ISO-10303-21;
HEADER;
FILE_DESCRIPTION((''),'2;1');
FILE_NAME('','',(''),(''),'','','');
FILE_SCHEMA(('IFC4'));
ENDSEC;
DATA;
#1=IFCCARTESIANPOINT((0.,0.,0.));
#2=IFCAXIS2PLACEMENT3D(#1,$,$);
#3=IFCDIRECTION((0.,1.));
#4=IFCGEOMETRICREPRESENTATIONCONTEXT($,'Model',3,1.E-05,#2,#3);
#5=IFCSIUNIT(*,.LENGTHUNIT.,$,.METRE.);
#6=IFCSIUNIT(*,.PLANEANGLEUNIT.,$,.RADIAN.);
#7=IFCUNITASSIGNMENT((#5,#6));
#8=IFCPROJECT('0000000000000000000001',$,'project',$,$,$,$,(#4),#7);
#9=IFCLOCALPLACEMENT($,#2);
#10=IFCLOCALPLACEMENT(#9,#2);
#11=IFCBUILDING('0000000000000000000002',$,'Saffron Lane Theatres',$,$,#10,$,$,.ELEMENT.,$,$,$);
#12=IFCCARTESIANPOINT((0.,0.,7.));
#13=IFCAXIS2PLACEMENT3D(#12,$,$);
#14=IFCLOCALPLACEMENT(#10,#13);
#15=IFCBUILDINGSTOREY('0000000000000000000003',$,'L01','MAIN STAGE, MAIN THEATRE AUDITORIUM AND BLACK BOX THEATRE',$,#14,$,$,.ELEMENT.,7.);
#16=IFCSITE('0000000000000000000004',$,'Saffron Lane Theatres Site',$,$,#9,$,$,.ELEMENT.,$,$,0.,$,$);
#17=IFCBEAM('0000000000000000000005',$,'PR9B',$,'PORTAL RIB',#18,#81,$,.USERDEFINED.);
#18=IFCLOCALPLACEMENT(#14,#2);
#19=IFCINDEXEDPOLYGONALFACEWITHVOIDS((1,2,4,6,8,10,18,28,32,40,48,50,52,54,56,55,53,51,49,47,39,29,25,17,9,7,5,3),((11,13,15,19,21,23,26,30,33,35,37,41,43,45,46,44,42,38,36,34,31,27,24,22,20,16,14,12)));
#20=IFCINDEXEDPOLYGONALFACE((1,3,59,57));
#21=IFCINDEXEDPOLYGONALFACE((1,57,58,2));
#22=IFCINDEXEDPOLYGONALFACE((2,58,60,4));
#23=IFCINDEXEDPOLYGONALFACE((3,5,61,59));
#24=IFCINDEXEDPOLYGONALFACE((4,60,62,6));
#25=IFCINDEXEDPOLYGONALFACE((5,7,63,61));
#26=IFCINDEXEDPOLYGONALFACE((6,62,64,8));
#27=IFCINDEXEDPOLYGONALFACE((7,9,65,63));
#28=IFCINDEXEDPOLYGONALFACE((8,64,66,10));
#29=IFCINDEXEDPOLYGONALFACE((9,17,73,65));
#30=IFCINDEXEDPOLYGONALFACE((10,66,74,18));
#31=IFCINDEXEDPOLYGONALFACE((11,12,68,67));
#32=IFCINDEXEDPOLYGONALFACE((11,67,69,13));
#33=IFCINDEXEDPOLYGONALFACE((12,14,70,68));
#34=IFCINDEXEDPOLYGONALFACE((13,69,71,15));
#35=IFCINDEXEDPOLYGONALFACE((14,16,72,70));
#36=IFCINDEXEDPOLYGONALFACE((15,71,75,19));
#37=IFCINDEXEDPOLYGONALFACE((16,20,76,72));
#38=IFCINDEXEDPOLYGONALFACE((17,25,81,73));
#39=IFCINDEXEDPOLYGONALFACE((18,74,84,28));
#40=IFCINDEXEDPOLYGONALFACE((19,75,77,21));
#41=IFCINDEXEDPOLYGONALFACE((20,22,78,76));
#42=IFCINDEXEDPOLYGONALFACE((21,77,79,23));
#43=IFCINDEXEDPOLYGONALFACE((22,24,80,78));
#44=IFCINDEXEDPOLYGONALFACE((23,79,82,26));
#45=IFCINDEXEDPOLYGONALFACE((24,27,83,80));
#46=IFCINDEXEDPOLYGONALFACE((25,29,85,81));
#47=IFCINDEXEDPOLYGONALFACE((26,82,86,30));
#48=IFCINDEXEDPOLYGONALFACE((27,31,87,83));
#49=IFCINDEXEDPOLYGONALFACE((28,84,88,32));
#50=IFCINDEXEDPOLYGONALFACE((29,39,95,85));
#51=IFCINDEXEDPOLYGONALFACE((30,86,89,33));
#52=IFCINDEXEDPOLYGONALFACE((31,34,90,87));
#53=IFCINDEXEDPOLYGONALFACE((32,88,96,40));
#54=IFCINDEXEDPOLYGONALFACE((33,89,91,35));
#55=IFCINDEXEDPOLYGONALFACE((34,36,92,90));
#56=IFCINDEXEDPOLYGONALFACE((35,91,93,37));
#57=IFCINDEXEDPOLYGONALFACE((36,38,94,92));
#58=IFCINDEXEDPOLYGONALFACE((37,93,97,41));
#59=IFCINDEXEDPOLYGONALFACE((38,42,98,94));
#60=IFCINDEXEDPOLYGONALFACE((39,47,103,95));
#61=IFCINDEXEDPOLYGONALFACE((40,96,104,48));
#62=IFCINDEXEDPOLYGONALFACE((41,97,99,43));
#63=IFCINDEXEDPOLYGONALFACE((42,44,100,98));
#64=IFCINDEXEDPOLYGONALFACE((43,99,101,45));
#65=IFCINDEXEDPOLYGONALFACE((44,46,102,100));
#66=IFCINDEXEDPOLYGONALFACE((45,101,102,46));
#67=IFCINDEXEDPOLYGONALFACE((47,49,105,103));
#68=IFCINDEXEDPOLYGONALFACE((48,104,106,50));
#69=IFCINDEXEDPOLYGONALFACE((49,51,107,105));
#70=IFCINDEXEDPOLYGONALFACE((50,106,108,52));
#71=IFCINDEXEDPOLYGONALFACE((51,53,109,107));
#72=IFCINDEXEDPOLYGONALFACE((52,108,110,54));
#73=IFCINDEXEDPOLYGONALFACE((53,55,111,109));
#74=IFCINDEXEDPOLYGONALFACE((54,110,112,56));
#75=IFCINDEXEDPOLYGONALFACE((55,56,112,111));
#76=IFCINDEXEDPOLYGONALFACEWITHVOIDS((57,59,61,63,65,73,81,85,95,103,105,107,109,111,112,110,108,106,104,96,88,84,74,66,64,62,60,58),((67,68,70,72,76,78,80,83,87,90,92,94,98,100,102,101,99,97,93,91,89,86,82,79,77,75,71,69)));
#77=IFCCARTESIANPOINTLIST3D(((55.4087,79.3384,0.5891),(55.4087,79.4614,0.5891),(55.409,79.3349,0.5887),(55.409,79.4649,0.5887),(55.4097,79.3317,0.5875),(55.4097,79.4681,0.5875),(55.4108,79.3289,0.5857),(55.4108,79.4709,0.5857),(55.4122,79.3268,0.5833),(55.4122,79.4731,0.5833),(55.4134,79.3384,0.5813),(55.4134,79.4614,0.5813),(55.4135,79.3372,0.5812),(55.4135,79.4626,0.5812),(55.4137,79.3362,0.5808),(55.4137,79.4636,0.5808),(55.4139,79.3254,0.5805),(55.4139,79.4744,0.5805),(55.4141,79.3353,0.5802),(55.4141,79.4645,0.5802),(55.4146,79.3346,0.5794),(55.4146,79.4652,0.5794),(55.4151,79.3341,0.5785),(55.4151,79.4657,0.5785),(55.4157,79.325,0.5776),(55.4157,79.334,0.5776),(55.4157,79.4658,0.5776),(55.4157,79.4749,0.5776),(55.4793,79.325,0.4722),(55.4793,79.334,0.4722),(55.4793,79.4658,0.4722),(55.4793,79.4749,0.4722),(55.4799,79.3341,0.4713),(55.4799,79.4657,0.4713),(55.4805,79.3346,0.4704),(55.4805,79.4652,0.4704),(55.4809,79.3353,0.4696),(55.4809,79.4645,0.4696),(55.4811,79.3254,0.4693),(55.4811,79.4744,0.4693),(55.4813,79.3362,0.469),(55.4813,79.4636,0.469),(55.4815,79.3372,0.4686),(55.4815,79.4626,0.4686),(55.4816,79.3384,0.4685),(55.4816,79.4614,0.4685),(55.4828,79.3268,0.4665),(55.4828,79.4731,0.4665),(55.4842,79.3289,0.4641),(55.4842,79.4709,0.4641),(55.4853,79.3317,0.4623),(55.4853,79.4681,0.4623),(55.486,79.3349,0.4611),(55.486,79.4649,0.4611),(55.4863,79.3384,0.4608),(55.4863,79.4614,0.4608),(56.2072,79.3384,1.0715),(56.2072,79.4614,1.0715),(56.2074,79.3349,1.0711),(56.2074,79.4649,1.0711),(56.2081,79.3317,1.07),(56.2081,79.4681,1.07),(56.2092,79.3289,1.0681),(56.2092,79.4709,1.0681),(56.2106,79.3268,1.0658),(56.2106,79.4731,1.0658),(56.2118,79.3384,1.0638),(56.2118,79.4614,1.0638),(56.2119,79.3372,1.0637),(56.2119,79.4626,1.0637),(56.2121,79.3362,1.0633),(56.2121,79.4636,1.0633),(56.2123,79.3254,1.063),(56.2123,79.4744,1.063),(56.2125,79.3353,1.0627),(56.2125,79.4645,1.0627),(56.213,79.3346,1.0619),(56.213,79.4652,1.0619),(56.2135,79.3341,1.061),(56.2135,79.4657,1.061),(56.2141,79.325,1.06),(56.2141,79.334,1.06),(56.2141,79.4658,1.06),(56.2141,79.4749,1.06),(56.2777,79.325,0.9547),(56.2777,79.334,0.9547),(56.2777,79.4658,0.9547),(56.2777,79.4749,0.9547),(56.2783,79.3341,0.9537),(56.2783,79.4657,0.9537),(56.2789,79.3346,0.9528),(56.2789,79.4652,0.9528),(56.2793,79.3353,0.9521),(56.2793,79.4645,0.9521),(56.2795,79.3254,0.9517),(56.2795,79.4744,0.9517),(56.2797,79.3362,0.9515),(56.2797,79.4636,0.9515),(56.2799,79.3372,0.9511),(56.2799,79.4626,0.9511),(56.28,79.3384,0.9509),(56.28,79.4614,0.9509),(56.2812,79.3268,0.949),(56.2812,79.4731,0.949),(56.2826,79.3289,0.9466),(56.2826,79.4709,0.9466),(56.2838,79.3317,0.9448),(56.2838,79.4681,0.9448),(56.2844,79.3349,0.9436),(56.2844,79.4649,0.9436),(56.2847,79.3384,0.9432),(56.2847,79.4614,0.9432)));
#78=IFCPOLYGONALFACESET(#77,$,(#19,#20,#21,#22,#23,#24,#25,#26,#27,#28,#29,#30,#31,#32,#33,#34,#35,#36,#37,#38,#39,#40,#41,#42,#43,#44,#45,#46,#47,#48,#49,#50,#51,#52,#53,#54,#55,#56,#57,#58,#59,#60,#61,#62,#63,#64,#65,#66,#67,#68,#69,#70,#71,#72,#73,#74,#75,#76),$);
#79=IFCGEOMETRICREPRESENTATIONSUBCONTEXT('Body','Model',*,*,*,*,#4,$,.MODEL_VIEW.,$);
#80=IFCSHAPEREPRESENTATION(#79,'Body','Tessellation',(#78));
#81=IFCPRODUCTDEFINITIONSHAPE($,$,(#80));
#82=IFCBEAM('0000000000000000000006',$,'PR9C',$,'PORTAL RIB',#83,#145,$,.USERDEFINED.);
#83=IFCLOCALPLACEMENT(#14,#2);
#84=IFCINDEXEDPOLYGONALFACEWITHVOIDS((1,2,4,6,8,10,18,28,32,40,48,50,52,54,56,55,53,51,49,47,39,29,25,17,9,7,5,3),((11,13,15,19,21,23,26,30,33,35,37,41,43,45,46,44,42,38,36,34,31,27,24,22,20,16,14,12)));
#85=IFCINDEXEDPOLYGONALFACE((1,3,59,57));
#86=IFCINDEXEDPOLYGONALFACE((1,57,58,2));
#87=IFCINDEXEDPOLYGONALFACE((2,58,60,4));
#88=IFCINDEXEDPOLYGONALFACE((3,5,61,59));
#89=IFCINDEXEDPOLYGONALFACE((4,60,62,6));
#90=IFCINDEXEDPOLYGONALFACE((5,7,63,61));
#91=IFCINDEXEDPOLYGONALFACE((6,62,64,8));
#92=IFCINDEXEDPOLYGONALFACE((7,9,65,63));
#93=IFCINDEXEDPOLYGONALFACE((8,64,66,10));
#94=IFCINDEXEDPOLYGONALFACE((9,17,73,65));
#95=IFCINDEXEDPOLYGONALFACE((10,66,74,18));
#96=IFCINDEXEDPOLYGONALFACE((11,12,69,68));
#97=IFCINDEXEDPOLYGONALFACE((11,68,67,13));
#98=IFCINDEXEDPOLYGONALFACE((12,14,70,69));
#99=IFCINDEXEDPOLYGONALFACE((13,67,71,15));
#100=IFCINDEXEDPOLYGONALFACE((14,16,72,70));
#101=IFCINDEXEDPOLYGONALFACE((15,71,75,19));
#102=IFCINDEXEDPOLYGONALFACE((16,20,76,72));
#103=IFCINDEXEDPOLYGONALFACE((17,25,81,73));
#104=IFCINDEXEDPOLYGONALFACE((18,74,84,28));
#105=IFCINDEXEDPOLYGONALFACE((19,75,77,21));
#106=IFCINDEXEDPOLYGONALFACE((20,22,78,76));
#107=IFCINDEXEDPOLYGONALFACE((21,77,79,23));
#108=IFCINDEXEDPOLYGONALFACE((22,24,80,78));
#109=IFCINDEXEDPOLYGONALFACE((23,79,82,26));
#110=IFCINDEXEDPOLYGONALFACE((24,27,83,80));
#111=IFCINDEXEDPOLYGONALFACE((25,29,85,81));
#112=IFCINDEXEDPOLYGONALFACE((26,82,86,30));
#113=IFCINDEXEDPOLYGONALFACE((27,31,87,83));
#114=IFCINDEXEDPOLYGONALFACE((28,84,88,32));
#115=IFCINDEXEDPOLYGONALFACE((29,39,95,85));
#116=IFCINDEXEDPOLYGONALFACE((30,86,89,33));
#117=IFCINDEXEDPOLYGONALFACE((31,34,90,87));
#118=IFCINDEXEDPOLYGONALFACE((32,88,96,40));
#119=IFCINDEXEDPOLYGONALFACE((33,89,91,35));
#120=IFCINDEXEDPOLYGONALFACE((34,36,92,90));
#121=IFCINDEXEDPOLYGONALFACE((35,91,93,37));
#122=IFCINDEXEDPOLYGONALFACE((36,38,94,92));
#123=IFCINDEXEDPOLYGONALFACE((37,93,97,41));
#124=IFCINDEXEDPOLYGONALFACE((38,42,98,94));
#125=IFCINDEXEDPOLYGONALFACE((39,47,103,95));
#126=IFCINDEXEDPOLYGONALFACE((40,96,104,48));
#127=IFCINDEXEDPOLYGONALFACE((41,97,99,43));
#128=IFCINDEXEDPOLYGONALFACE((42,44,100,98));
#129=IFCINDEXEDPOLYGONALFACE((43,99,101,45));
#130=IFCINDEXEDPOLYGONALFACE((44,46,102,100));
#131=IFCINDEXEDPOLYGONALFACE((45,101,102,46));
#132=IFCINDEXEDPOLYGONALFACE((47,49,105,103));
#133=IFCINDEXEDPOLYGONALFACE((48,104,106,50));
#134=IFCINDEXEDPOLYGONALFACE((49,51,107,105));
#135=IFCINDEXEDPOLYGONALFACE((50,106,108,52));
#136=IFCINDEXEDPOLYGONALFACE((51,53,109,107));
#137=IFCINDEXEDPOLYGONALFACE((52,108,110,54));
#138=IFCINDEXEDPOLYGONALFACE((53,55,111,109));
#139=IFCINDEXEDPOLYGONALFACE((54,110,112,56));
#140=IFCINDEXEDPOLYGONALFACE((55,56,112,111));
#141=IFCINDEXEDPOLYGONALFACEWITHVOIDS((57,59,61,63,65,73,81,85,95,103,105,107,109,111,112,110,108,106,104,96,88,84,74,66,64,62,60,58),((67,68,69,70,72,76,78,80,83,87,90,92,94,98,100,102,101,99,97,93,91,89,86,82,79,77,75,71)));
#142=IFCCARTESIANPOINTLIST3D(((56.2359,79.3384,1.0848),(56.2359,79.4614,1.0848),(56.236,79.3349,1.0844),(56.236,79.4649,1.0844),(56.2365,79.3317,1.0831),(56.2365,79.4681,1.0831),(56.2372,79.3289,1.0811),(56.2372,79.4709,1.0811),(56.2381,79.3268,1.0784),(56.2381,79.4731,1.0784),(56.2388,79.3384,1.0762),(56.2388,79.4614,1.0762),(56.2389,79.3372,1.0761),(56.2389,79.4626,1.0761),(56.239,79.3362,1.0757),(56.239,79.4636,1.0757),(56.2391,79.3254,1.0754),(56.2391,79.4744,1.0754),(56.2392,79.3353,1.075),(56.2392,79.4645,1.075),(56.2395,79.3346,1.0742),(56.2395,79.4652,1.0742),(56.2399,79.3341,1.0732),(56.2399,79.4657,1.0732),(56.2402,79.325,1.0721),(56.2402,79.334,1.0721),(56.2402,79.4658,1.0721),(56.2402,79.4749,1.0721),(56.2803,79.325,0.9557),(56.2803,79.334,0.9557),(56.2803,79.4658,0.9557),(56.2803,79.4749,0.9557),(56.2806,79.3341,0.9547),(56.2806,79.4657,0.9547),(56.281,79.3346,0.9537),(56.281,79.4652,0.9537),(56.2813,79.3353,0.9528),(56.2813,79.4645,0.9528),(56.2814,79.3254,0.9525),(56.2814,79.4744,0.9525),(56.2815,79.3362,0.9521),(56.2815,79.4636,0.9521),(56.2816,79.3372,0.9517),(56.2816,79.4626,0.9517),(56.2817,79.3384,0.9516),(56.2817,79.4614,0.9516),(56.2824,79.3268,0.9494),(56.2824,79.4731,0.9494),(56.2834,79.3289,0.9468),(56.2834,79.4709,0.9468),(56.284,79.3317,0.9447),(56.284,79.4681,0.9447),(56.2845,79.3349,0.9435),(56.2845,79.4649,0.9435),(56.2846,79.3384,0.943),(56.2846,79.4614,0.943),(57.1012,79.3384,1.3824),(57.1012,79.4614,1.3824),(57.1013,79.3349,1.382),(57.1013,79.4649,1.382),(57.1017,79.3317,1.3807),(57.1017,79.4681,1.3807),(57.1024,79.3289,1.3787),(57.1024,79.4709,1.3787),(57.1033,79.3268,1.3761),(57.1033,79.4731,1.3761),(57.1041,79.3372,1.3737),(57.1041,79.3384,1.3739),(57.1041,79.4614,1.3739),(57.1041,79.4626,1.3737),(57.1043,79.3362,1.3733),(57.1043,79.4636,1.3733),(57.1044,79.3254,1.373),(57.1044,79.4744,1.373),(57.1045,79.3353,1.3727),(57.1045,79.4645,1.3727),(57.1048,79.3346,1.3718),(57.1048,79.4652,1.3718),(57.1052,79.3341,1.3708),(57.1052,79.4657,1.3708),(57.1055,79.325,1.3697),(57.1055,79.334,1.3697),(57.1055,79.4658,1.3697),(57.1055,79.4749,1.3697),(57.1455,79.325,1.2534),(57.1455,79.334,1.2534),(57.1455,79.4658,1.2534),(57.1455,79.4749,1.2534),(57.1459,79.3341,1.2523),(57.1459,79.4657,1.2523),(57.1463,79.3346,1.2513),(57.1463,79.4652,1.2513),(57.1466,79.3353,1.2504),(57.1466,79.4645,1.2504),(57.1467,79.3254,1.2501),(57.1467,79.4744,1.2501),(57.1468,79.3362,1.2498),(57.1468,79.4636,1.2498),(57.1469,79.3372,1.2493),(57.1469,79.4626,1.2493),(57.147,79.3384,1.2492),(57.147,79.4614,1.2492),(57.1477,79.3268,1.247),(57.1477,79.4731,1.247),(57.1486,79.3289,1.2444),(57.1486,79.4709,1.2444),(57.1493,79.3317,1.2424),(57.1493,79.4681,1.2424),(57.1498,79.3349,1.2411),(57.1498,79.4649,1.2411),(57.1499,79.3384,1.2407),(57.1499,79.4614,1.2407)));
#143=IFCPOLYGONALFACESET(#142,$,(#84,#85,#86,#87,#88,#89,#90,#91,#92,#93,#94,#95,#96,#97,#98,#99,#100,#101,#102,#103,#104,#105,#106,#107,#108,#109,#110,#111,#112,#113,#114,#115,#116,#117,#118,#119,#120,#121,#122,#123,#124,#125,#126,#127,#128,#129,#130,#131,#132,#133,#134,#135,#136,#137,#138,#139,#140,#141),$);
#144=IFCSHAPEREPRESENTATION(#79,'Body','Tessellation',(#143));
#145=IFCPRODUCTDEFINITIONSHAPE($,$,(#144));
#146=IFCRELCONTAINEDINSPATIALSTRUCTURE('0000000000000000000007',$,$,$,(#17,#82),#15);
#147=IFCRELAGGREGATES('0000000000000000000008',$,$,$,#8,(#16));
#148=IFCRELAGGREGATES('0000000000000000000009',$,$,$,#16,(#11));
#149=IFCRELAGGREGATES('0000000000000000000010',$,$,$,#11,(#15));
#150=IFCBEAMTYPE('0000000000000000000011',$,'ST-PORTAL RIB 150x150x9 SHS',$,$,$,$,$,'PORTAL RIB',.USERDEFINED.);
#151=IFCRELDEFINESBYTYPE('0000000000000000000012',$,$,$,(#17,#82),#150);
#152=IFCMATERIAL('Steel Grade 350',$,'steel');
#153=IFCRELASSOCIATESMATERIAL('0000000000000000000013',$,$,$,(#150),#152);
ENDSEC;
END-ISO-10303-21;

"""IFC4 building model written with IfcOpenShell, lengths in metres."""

from ifc_helpers import new_model, si_unit, direction, frame, origin, origin_2d, place, context, subcontext, project, spatial, hollow_rectangle, extrude, material, material_profile, profile_set, type_object, element, save


model = new_model("IFC4")

# Units and contexts
model_context = context("Model", 3, precision=1e-05, world=origin(), true_north=direction((0.0, 1.0)))
body_context = subcontext(model_context, "Body", "Model", "MODEL_VIEW")
ifc_project = project(units=[si_unit("LENGTHUNIT", "METRE"), si_unit("PLANEANGLEUNIT", "RADIAN")], contexts=[model_context])

# Site, building, storey
site_placement = place(None, origin())
site = spatial("IfcSite", under=ifc_project, at=site_placement, Name="Saffron Lane Theatres Site", CompositionType="ELEMENT", RefElevation=0.0)
building_placement = place(site_placement, origin())
building = spatial("IfcBuilding", under=site, at=building_placement, Name="Saffron Lane Theatres", CompositionType="ELEMENT")
storey_placement = place(building_placement, frame((0.0, 0.0, 7.0)))
storey = spatial("IfcBuildingStorey", under=building, at=storey_placement, Name="L01", Description="MAIN STAGE, MAIN THEATRE AUDITORIUM AND BLACK BOX THEATRE", CompositionType="ELEMENT", Elevation=7.0)

# Beams
ifc_material_1 = material(Name="Steel Grade 350", Category="steel")
ifc_material_profile_1 = material_profile(ifc_material_1, hollow_rectangle(XDim=0.1499, YDim=0.1499, WallThickness=0.009, InnerFilletRadius=0.0044, OuterFilletRadius=0.0134, at=origin_2d()))
ifc_profile_set_1 = profile_set([ifc_material_profile_1], Name="Steel Grade 350")
beam_type_1 = type_object("IfcBeamType", Name="ST-PORTAL RIB 150x150x9 SHS", ElementType="PORTAL RIB", PredefinedType="USERDEFINED", material=ifc_profile_set_1)
beam_1_placement = place(storey_placement, frame((55.4475, 79.3999, 0.5249), z_axis=(0.855872, 0.0, 0.517188), x_axis=(0.0, 1.0, 0.0)))
element("IfcBeam", 1, at=beam_1_placement, inside=storey, type_object=beam_type_1, Name="PR9B", ObjectType="PORTAL RIB", PredefinedType="USERDEFINED", context=body_context, shape_type="SweptSolid", body=[
    extrude(hollow_rectangle(XDim=0.1499, YDim=0.1499, WallThickness=0.009, InnerFilletRadius=0.0044, OuterFilletRadius=0.0134, at=origin_2d()), origin(), (0.0, 0.0, 1.0), 0.9329),
])
beam_2_placement = place(storey_placement, frame((56.2603, 79.3999, 1.0139), z_axis=(0.945625, 0.0, 0.325259), x_axis=(0.0, 1.0, 0.0)))
element("IfcBeam", 2, at=beam_2_placement, inside=storey, type_object=beam_type_1, Name="PR9C", ObjectType="PORTAL RIB", PredefinedType="USERDEFINED", context=body_context, shape_type="SweptSolid", body=[
    extrude(hollow_rectangle(XDim=0.1499, YDim=0.1499, WallThickness=0.009, InnerFilletRadius=0.0044, OuterFilletRadius=0.0134, at=origin_2d()), origin(), (0.0, 0.0, 1.0), 0.915),
])

save(model, "model.ifc")
